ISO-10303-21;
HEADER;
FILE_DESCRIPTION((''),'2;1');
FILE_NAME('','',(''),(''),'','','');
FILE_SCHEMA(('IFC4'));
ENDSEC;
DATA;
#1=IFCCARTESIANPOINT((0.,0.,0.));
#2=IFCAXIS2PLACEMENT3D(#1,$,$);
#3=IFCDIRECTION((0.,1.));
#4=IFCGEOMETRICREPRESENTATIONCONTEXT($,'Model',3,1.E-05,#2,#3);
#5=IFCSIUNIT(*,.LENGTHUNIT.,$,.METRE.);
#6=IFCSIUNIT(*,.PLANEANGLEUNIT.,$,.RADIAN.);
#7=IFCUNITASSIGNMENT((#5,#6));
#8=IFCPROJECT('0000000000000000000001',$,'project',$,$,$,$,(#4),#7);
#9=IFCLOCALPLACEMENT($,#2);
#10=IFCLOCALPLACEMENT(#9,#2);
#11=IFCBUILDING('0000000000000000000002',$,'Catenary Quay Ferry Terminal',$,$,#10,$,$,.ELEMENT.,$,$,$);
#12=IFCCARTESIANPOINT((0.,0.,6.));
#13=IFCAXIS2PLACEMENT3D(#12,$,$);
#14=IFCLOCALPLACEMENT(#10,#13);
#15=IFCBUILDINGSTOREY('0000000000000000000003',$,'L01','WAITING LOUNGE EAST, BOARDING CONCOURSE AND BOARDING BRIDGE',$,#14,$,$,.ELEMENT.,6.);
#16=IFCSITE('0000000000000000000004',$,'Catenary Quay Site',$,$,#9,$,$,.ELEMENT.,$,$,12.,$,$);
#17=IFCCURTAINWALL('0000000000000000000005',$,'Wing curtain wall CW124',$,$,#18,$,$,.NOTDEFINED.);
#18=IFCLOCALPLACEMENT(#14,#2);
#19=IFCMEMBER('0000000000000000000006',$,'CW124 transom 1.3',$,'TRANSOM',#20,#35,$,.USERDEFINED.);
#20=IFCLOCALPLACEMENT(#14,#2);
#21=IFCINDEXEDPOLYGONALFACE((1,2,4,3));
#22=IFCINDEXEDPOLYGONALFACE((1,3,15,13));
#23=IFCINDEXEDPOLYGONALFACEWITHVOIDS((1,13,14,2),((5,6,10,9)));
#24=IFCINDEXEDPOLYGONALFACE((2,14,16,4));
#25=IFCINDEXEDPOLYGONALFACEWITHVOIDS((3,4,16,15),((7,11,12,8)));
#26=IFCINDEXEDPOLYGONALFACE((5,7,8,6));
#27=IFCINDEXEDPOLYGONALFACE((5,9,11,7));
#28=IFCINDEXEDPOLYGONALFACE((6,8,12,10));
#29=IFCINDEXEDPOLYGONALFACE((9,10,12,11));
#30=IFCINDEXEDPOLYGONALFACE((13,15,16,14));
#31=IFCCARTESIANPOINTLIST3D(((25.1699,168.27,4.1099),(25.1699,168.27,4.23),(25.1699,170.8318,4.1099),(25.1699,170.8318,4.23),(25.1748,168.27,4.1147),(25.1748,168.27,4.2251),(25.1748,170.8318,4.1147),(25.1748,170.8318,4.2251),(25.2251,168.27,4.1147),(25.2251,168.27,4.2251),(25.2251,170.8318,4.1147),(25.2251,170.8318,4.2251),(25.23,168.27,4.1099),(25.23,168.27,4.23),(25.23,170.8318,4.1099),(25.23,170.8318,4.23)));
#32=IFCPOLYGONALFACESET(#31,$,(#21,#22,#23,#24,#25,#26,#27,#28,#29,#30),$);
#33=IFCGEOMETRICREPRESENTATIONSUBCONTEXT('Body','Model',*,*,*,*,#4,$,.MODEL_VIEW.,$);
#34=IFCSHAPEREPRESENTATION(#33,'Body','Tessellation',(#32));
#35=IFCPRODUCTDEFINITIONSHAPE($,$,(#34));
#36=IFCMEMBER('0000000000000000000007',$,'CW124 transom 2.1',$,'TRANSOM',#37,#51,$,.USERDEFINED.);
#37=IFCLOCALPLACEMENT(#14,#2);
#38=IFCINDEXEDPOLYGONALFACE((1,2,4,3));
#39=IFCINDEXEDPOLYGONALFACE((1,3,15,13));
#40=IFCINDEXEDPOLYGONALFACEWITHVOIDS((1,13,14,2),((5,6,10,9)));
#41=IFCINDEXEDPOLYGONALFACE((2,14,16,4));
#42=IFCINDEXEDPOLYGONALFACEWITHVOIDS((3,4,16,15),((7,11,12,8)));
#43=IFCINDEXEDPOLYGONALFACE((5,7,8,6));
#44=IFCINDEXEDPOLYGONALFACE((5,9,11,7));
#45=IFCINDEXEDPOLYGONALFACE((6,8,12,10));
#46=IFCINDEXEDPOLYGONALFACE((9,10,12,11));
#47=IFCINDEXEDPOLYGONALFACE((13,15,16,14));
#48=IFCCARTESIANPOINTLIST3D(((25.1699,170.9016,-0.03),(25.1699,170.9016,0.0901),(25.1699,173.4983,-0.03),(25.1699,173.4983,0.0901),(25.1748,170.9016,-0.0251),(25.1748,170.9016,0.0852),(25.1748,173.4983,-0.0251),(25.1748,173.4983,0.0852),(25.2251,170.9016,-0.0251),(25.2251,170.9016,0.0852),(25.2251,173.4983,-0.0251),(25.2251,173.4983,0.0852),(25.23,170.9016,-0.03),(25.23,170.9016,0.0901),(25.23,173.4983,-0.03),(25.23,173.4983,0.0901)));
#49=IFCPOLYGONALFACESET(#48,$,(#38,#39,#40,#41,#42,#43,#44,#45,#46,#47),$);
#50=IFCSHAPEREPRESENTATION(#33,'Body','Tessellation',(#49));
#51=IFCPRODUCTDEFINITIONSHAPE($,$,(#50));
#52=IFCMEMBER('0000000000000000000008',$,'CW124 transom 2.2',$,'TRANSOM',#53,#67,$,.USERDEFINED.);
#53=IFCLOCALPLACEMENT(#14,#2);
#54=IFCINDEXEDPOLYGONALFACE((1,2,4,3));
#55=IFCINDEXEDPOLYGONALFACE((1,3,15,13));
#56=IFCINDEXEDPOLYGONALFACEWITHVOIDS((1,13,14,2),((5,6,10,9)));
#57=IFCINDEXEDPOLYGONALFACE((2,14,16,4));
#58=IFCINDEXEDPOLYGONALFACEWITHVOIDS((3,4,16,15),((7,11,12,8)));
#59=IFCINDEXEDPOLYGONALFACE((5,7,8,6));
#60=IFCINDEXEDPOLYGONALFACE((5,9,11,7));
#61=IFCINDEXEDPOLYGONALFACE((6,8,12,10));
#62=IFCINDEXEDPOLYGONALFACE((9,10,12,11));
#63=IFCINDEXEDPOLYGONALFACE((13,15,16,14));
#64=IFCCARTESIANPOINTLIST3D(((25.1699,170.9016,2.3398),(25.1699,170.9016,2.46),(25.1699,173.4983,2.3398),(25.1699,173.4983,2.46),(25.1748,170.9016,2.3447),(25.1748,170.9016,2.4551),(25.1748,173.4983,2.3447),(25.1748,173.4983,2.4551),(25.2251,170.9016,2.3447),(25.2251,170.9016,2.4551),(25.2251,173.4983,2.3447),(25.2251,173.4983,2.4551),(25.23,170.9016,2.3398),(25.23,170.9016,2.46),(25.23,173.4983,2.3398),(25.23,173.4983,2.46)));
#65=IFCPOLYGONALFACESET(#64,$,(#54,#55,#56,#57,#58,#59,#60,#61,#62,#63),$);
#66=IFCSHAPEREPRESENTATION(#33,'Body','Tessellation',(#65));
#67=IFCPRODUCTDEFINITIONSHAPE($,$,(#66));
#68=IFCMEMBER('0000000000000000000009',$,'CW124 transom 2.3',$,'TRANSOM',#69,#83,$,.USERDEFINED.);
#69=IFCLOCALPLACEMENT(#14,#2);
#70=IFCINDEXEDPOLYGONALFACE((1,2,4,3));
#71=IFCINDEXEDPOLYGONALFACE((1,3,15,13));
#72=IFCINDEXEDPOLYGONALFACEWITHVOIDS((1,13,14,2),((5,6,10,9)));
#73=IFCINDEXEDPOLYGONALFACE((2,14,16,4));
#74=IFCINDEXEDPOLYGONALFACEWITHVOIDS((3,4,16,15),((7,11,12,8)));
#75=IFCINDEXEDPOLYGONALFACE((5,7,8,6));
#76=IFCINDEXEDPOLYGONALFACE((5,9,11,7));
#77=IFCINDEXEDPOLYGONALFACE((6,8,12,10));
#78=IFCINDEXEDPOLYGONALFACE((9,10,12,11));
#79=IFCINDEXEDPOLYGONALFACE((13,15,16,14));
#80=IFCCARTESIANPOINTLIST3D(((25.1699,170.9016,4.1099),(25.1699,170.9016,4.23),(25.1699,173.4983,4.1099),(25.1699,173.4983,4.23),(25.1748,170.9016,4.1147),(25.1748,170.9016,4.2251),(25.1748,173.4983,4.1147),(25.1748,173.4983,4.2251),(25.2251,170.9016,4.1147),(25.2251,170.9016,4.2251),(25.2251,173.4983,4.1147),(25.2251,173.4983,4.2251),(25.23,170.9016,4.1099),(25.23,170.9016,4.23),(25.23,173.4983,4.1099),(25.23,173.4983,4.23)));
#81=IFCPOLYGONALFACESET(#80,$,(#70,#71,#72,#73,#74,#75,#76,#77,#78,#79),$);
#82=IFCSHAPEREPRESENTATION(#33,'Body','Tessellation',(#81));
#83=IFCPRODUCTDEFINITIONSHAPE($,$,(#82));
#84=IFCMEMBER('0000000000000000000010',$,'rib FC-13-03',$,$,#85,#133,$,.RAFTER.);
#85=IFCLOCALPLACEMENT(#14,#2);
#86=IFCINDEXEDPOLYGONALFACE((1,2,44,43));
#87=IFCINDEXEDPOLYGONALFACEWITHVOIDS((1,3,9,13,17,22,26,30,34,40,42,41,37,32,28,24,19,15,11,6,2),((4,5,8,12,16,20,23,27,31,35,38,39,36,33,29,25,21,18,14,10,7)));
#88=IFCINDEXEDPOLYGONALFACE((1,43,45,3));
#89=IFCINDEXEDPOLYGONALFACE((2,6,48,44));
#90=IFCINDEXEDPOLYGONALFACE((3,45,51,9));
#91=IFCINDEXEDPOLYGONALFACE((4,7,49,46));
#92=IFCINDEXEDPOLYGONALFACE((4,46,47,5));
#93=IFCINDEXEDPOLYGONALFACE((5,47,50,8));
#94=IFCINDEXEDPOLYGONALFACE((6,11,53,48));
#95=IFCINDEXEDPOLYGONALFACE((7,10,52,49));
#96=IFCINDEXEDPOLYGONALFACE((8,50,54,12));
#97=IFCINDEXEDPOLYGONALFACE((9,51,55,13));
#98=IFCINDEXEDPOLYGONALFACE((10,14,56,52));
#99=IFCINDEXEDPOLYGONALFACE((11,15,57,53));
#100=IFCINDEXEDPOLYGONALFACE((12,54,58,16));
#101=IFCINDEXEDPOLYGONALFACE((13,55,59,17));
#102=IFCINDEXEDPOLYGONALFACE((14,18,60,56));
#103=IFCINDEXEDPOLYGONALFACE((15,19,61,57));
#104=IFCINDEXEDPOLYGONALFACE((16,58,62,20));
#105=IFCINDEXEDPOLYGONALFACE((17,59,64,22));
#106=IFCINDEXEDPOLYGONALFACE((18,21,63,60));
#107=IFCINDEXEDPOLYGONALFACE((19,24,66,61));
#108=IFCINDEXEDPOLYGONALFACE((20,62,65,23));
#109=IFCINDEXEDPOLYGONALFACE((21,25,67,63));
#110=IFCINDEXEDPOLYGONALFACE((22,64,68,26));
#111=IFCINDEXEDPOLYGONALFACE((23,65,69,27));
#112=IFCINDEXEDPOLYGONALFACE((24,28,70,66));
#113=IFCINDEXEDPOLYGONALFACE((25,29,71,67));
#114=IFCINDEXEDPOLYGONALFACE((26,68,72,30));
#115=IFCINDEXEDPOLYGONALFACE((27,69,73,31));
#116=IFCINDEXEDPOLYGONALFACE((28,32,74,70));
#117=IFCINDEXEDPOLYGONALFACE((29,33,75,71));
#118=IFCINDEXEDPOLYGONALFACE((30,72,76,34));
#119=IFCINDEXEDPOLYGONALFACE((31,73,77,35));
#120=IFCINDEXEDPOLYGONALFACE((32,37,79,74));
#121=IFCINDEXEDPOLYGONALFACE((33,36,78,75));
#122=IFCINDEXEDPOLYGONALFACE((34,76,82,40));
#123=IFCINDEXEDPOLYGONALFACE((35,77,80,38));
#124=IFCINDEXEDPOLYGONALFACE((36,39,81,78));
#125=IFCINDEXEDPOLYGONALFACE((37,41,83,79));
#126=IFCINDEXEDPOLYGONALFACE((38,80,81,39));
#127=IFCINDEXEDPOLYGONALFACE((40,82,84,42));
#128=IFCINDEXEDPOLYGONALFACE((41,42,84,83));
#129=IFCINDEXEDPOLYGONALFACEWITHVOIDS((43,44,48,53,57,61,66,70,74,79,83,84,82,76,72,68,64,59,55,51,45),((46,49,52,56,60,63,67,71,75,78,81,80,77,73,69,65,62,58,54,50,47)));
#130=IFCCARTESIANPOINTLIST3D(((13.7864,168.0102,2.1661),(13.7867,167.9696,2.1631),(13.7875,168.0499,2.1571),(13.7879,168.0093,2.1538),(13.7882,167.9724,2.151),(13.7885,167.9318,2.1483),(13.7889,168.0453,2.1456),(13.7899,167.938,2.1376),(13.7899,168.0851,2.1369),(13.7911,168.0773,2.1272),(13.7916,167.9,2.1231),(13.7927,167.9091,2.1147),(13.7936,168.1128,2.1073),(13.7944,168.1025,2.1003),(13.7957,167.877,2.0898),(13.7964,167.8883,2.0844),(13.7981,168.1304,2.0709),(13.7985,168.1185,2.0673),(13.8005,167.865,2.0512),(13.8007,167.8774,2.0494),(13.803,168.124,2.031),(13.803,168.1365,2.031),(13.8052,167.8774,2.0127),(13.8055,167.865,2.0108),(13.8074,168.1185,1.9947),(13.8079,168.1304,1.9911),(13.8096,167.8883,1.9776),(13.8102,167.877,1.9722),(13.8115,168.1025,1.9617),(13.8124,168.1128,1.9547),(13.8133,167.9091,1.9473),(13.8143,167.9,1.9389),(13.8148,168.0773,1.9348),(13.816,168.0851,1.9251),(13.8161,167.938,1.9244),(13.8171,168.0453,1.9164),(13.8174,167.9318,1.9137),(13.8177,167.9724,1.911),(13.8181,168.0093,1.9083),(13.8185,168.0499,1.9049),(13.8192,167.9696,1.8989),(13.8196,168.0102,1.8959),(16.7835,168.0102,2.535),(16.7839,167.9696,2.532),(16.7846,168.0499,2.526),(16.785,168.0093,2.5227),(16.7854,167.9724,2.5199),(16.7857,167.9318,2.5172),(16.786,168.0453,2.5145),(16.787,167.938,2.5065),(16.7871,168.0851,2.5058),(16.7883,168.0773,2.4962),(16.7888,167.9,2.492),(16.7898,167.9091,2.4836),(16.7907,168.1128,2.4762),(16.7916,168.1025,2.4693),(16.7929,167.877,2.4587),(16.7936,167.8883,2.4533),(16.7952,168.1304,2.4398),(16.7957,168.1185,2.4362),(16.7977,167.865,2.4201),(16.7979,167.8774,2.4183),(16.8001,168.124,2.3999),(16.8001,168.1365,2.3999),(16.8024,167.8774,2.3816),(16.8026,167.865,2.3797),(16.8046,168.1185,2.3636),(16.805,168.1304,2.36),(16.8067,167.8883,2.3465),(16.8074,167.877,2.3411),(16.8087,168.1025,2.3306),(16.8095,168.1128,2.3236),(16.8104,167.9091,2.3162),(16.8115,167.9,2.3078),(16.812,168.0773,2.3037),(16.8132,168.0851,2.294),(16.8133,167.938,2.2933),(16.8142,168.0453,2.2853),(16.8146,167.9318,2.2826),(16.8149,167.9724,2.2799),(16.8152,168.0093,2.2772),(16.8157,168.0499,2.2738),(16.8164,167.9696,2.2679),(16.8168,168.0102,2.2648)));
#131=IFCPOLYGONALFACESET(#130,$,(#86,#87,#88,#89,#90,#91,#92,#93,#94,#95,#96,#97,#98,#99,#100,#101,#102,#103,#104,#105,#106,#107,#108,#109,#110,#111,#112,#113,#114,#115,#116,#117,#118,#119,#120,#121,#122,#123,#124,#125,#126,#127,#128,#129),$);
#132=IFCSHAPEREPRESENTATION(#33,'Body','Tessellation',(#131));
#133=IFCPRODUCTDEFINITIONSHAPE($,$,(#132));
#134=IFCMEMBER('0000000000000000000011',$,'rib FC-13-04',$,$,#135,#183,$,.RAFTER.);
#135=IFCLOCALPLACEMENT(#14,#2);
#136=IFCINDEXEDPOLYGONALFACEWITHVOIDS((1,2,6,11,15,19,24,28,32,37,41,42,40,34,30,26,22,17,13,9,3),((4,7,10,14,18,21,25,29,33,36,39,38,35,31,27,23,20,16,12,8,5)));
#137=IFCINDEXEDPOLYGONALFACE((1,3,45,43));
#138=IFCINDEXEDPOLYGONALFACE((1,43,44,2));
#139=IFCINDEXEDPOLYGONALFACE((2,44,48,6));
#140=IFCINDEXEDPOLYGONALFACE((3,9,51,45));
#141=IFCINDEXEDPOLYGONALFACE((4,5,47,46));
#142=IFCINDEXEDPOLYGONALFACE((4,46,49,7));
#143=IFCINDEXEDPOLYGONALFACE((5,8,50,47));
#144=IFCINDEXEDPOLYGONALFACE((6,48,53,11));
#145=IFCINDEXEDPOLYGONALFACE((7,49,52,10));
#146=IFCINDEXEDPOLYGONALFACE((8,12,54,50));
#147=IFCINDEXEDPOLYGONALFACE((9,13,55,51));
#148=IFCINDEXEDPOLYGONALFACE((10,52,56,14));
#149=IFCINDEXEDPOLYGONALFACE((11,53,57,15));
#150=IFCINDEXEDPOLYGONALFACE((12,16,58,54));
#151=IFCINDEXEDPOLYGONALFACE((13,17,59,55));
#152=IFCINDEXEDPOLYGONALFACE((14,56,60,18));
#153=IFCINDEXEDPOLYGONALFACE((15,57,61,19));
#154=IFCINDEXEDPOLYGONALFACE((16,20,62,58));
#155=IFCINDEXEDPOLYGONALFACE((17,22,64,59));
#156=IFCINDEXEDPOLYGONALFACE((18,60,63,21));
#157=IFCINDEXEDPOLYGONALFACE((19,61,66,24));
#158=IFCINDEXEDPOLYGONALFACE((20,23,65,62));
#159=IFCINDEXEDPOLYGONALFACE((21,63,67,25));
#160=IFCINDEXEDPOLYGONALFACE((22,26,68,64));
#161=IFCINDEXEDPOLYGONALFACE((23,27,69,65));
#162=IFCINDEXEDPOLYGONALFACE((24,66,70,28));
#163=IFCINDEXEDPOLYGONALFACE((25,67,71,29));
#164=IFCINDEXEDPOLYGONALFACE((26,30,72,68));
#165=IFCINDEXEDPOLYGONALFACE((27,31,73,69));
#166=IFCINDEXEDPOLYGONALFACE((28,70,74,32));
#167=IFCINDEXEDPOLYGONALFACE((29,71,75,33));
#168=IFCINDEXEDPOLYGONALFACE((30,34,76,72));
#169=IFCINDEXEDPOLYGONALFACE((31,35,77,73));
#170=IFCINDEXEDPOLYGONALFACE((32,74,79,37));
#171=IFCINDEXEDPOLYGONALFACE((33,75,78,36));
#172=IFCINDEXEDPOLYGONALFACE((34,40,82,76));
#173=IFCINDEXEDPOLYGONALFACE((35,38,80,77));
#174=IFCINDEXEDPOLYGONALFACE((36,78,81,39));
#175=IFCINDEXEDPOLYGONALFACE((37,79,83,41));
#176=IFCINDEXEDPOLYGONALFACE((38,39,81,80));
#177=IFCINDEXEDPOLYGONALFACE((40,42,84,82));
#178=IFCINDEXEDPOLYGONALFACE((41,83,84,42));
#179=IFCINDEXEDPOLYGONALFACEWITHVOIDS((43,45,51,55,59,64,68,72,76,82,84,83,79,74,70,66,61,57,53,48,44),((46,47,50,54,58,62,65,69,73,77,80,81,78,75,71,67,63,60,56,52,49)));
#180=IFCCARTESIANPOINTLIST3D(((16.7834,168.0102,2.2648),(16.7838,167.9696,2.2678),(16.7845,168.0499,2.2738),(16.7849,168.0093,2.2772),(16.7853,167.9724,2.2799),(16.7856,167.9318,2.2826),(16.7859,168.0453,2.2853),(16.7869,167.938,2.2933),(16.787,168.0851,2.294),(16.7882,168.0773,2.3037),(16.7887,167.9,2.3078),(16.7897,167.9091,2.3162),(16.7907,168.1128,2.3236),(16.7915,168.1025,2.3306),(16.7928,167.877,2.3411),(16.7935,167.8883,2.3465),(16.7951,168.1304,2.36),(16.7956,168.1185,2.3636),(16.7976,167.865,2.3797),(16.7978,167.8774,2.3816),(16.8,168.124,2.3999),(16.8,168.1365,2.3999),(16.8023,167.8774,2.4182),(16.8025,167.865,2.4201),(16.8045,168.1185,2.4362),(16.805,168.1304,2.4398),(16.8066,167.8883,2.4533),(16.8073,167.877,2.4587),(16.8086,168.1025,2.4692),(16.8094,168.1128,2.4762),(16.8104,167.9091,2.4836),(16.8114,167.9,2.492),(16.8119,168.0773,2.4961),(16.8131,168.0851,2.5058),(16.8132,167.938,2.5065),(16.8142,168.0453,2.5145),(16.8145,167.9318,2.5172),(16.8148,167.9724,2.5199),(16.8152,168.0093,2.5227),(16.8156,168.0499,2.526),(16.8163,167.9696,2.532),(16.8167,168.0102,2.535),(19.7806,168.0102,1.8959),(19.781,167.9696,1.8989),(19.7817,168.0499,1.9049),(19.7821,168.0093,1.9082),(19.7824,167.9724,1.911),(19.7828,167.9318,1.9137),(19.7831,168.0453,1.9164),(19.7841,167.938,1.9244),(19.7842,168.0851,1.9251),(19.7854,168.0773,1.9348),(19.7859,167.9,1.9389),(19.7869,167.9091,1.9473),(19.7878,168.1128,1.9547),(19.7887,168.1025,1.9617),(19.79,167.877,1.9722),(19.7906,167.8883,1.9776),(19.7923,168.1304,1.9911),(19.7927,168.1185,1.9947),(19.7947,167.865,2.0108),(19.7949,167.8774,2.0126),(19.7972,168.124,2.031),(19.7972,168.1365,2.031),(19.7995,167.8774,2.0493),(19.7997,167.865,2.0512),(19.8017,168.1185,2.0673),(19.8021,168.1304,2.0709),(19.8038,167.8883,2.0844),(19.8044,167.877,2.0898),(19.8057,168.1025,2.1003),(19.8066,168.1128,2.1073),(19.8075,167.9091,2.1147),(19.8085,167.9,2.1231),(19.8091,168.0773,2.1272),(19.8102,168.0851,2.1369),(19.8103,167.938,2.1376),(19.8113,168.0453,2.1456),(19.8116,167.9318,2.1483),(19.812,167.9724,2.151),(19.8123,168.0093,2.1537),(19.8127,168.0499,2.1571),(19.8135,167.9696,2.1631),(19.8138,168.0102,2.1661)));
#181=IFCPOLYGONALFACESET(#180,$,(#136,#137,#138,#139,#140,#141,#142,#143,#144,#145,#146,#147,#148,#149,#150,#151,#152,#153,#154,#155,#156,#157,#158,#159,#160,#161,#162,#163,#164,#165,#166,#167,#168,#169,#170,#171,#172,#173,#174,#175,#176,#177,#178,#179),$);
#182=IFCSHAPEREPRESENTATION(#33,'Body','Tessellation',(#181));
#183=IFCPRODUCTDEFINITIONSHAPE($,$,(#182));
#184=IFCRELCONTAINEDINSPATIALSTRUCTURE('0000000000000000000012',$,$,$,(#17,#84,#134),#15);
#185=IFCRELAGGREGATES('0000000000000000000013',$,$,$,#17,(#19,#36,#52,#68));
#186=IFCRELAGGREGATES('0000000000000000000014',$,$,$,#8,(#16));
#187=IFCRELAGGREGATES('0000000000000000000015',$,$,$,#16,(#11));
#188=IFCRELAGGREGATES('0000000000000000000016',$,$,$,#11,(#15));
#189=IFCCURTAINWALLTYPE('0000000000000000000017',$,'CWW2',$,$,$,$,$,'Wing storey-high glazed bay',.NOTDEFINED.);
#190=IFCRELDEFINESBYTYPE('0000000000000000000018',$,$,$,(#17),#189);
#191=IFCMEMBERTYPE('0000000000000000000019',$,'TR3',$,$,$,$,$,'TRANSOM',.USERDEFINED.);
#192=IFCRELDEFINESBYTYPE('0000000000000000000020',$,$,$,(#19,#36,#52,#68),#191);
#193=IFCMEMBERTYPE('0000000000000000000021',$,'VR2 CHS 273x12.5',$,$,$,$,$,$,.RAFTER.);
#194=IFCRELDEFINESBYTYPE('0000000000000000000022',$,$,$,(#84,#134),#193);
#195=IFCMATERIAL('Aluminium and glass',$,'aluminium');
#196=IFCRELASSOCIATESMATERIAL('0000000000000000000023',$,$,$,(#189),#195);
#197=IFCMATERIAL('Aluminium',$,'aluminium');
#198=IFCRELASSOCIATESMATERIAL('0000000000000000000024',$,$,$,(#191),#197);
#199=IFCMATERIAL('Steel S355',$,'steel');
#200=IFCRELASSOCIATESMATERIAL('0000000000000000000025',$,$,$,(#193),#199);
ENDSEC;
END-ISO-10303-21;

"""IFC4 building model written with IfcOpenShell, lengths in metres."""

from ifc_helpers import new_model, si_unit, direction, frame, origin, origin_2d, place, context, subcontext, project, spatial, hollow_rectangle, hollow_circle, extrude, material, material_profile, profile_set, type_object, element, aggregate, save


model = new_model("IFC4")

# Units and contexts
model_context = context("Model", 3, precision=1e-05, world=origin(), true_north=direction((0.0, 1.0)))
body_context = subcontext(model_context, "Body", "Model", "MODEL_VIEW")
ifc_project = project(units=[si_unit("LENGTHUNIT", "METRE"), si_unit("PLANEANGLEUNIT", "RADIAN")], contexts=[model_context])

# Site, building, storey
site_placement = place(None, origin())
site = spatial("IfcSite", under=ifc_project, at=site_placement, Name="Catenary Quay Site", CompositionType="ELEMENT", RefElevation=12.0)
building_placement = place(site_placement, origin())
building = spatial("IfcBuilding", under=site, at=building_placement, Name="Catenary Quay Ferry Terminal", CompositionType="ELEMENT")
storey_placement = place(building_placement, frame((0.0, 0.0, 6.0)))
storey = spatial("IfcBuildingStorey", under=building, at=storey_placement, Name="L01", Description="WAITING LOUNGE EAST, BOARDING CONCOURSE AND BOARDING BRIDGE", CompositionType="ELEMENT", Elevation=6.0)

# Curtain wall
ifc_material_1 = material(Name="Aluminium and glass", Category="aluminium")
curtain_wall_type = type_object("IfcCurtainWallType", Name="CWW2", ElementType="Wing storey-high glazed bay", PredefinedType="NOTDEFINED", material=ifc_material_1)
curtain_wall_placement = place(storey_placement, origin())
curtain_wall = element("IfcCurtainWall", 1, at=curtain_wall_placement, inside=storey, type_object=curtain_wall_type, Name="Wing curtain wall CW124", PredefinedType="NOTDEFINED")

# Members
ifc_material_2 = material(Name="Aluminium", Category="aluminium")
ifc_material_profile_1 = material_profile(ifc_material_2, hollow_rectangle(XDim=0.0601, YDim=0.1201, WallThickness=0.0049, at=origin_2d()), Name="TR3")
ifc_profile_set_1 = profile_set([ifc_material_profile_1], Name="Aluminium")
member_type_1 = type_object("IfcMemberType", Name="TR3", ElementType="TRANSOM", PredefinedType="USERDEFINED", material=ifc_profile_set_1)
member_1_placement = place(storey_placement, frame((25.2, 168.27, 4.1699), z_axis=(0.0, 1.0, 0.0), x_axis=(-1.0, 0.0, 0.0)))
member_1 = element("IfcMember", 2, at=member_1_placement, type_object=member_type_1, Name="CW124 transom 1.3", ObjectType="TRANSOM", PredefinedType="USERDEFINED", context=body_context, shape_type="SweptSolid", body=[
    extrude(hollow_rectangle(XDim=0.0601, YDim=0.1201, WallThickness=0.0049, at=origin_2d()), origin(), (0.0, 0.0, 1.0), 2.5618),
])
member_2_placement = place(storey_placement, frame((25.2, 170.9016, 0.03), z_axis=(0.0, 1.0, 0.0), x_axis=(-1.0, 0.0, 0.0)))
member_2 = element("IfcMember", 3, at=member_2_placement, type_object=member_type_1, Name="CW124 transom 2.1", ObjectType="TRANSOM", PredefinedType="USERDEFINED", context=body_context, shape_type="SweptSolid", body=[
    extrude(hollow_rectangle(XDim=0.0601, YDim=0.1201, WallThickness=0.0049, at=origin_2d()), origin(), (0.0, 0.0, 1.0), 2.5967),
])
member_3_placement = place(storey_placement, frame((25.2, 170.9016, 2.3999), z_axis=(0.0, 1.0, 0.0), x_axis=(-1.0, 0.0, 0.0)))
member_3 = element("IfcMember", 4, at=member_3_placement, type_object=member_type_1, Name="CW124 transom 2.2", ObjectType="TRANSOM", PredefinedType="USERDEFINED", context=body_context, shape_type="SweptSolid", body=[
    extrude(hollow_rectangle(XDim=0.0601, YDim=0.1201, WallThickness=0.0049, at=origin_2d()), origin(), (0.0, 0.0, 1.0), 2.5967),
])
member_4_placement = place(storey_placement, frame((25.2, 170.9016, 4.1699), z_axis=(0.0, 1.0, 0.0), x_axis=(-1.0, 0.0, 0.0)))
member_4 = element("IfcMember", 5, at=member_4_placement, type_object=member_type_1, Name="CW124 transom 2.3", ObjectType="TRANSOM", PredefinedType="USERDEFINED", context=body_context, shape_type="SweptSolid", body=[
    extrude(hollow_rectangle(XDim=0.0601, YDim=0.1201, WallThickness=0.0049, at=origin_2d()), origin(), (0.0, 0.0, 1.0), 2.5967),
])

# Members
ifc_material_3 = material(Name="Steel S355", Category="steel")
ifc_material_profile_2 = material_profile(ifc_material_3, hollow_circle(Radius=0.1365, WallThickness=0.0125, at=origin_2d()), Name="CHS 273x12.5")
ifc_profile_set_2 = profile_set([ifc_material_profile_2], Name="Steel S355")
member_type_2 = type_object("IfcMemberType", Name="VR2 CHS 273x12.5", PredefinedType="RAFTER", material=ifc_profile_set_2)
for number, where, z_axis, x_axis, name in (
    (6, (13.803, 168.0, 2.031), (0.99251, 0.0, 0.122164), (0.0, 1.0, 0.0), "rib FC-13-03"),
    (7, (16.8, 168.0, 2.3999), (0.99251, 0.0, -0.122164), (0.0, 1.0, 0.0), "rib FC-13-04"),
):
    element("IfcMember", number, at=place(storey_placement, frame(where, z_axis=z_axis, x_axis=x_axis)), inside=storey, type_object=member_type_2, Name=name, PredefinedType="RAFTER", context=body_context, shape_type="SweptSolid", body=[
        extrude(hollow_circle(Radius=0.1365, WallThickness=0.0125, at=origin_2d()), origin(), (0.0, 0.0, 1.0), 3.0198),
    ])

aggregate(curtain_wall, [member_1, member_2, member_3, member_4])

save(model, "model.ifc")
